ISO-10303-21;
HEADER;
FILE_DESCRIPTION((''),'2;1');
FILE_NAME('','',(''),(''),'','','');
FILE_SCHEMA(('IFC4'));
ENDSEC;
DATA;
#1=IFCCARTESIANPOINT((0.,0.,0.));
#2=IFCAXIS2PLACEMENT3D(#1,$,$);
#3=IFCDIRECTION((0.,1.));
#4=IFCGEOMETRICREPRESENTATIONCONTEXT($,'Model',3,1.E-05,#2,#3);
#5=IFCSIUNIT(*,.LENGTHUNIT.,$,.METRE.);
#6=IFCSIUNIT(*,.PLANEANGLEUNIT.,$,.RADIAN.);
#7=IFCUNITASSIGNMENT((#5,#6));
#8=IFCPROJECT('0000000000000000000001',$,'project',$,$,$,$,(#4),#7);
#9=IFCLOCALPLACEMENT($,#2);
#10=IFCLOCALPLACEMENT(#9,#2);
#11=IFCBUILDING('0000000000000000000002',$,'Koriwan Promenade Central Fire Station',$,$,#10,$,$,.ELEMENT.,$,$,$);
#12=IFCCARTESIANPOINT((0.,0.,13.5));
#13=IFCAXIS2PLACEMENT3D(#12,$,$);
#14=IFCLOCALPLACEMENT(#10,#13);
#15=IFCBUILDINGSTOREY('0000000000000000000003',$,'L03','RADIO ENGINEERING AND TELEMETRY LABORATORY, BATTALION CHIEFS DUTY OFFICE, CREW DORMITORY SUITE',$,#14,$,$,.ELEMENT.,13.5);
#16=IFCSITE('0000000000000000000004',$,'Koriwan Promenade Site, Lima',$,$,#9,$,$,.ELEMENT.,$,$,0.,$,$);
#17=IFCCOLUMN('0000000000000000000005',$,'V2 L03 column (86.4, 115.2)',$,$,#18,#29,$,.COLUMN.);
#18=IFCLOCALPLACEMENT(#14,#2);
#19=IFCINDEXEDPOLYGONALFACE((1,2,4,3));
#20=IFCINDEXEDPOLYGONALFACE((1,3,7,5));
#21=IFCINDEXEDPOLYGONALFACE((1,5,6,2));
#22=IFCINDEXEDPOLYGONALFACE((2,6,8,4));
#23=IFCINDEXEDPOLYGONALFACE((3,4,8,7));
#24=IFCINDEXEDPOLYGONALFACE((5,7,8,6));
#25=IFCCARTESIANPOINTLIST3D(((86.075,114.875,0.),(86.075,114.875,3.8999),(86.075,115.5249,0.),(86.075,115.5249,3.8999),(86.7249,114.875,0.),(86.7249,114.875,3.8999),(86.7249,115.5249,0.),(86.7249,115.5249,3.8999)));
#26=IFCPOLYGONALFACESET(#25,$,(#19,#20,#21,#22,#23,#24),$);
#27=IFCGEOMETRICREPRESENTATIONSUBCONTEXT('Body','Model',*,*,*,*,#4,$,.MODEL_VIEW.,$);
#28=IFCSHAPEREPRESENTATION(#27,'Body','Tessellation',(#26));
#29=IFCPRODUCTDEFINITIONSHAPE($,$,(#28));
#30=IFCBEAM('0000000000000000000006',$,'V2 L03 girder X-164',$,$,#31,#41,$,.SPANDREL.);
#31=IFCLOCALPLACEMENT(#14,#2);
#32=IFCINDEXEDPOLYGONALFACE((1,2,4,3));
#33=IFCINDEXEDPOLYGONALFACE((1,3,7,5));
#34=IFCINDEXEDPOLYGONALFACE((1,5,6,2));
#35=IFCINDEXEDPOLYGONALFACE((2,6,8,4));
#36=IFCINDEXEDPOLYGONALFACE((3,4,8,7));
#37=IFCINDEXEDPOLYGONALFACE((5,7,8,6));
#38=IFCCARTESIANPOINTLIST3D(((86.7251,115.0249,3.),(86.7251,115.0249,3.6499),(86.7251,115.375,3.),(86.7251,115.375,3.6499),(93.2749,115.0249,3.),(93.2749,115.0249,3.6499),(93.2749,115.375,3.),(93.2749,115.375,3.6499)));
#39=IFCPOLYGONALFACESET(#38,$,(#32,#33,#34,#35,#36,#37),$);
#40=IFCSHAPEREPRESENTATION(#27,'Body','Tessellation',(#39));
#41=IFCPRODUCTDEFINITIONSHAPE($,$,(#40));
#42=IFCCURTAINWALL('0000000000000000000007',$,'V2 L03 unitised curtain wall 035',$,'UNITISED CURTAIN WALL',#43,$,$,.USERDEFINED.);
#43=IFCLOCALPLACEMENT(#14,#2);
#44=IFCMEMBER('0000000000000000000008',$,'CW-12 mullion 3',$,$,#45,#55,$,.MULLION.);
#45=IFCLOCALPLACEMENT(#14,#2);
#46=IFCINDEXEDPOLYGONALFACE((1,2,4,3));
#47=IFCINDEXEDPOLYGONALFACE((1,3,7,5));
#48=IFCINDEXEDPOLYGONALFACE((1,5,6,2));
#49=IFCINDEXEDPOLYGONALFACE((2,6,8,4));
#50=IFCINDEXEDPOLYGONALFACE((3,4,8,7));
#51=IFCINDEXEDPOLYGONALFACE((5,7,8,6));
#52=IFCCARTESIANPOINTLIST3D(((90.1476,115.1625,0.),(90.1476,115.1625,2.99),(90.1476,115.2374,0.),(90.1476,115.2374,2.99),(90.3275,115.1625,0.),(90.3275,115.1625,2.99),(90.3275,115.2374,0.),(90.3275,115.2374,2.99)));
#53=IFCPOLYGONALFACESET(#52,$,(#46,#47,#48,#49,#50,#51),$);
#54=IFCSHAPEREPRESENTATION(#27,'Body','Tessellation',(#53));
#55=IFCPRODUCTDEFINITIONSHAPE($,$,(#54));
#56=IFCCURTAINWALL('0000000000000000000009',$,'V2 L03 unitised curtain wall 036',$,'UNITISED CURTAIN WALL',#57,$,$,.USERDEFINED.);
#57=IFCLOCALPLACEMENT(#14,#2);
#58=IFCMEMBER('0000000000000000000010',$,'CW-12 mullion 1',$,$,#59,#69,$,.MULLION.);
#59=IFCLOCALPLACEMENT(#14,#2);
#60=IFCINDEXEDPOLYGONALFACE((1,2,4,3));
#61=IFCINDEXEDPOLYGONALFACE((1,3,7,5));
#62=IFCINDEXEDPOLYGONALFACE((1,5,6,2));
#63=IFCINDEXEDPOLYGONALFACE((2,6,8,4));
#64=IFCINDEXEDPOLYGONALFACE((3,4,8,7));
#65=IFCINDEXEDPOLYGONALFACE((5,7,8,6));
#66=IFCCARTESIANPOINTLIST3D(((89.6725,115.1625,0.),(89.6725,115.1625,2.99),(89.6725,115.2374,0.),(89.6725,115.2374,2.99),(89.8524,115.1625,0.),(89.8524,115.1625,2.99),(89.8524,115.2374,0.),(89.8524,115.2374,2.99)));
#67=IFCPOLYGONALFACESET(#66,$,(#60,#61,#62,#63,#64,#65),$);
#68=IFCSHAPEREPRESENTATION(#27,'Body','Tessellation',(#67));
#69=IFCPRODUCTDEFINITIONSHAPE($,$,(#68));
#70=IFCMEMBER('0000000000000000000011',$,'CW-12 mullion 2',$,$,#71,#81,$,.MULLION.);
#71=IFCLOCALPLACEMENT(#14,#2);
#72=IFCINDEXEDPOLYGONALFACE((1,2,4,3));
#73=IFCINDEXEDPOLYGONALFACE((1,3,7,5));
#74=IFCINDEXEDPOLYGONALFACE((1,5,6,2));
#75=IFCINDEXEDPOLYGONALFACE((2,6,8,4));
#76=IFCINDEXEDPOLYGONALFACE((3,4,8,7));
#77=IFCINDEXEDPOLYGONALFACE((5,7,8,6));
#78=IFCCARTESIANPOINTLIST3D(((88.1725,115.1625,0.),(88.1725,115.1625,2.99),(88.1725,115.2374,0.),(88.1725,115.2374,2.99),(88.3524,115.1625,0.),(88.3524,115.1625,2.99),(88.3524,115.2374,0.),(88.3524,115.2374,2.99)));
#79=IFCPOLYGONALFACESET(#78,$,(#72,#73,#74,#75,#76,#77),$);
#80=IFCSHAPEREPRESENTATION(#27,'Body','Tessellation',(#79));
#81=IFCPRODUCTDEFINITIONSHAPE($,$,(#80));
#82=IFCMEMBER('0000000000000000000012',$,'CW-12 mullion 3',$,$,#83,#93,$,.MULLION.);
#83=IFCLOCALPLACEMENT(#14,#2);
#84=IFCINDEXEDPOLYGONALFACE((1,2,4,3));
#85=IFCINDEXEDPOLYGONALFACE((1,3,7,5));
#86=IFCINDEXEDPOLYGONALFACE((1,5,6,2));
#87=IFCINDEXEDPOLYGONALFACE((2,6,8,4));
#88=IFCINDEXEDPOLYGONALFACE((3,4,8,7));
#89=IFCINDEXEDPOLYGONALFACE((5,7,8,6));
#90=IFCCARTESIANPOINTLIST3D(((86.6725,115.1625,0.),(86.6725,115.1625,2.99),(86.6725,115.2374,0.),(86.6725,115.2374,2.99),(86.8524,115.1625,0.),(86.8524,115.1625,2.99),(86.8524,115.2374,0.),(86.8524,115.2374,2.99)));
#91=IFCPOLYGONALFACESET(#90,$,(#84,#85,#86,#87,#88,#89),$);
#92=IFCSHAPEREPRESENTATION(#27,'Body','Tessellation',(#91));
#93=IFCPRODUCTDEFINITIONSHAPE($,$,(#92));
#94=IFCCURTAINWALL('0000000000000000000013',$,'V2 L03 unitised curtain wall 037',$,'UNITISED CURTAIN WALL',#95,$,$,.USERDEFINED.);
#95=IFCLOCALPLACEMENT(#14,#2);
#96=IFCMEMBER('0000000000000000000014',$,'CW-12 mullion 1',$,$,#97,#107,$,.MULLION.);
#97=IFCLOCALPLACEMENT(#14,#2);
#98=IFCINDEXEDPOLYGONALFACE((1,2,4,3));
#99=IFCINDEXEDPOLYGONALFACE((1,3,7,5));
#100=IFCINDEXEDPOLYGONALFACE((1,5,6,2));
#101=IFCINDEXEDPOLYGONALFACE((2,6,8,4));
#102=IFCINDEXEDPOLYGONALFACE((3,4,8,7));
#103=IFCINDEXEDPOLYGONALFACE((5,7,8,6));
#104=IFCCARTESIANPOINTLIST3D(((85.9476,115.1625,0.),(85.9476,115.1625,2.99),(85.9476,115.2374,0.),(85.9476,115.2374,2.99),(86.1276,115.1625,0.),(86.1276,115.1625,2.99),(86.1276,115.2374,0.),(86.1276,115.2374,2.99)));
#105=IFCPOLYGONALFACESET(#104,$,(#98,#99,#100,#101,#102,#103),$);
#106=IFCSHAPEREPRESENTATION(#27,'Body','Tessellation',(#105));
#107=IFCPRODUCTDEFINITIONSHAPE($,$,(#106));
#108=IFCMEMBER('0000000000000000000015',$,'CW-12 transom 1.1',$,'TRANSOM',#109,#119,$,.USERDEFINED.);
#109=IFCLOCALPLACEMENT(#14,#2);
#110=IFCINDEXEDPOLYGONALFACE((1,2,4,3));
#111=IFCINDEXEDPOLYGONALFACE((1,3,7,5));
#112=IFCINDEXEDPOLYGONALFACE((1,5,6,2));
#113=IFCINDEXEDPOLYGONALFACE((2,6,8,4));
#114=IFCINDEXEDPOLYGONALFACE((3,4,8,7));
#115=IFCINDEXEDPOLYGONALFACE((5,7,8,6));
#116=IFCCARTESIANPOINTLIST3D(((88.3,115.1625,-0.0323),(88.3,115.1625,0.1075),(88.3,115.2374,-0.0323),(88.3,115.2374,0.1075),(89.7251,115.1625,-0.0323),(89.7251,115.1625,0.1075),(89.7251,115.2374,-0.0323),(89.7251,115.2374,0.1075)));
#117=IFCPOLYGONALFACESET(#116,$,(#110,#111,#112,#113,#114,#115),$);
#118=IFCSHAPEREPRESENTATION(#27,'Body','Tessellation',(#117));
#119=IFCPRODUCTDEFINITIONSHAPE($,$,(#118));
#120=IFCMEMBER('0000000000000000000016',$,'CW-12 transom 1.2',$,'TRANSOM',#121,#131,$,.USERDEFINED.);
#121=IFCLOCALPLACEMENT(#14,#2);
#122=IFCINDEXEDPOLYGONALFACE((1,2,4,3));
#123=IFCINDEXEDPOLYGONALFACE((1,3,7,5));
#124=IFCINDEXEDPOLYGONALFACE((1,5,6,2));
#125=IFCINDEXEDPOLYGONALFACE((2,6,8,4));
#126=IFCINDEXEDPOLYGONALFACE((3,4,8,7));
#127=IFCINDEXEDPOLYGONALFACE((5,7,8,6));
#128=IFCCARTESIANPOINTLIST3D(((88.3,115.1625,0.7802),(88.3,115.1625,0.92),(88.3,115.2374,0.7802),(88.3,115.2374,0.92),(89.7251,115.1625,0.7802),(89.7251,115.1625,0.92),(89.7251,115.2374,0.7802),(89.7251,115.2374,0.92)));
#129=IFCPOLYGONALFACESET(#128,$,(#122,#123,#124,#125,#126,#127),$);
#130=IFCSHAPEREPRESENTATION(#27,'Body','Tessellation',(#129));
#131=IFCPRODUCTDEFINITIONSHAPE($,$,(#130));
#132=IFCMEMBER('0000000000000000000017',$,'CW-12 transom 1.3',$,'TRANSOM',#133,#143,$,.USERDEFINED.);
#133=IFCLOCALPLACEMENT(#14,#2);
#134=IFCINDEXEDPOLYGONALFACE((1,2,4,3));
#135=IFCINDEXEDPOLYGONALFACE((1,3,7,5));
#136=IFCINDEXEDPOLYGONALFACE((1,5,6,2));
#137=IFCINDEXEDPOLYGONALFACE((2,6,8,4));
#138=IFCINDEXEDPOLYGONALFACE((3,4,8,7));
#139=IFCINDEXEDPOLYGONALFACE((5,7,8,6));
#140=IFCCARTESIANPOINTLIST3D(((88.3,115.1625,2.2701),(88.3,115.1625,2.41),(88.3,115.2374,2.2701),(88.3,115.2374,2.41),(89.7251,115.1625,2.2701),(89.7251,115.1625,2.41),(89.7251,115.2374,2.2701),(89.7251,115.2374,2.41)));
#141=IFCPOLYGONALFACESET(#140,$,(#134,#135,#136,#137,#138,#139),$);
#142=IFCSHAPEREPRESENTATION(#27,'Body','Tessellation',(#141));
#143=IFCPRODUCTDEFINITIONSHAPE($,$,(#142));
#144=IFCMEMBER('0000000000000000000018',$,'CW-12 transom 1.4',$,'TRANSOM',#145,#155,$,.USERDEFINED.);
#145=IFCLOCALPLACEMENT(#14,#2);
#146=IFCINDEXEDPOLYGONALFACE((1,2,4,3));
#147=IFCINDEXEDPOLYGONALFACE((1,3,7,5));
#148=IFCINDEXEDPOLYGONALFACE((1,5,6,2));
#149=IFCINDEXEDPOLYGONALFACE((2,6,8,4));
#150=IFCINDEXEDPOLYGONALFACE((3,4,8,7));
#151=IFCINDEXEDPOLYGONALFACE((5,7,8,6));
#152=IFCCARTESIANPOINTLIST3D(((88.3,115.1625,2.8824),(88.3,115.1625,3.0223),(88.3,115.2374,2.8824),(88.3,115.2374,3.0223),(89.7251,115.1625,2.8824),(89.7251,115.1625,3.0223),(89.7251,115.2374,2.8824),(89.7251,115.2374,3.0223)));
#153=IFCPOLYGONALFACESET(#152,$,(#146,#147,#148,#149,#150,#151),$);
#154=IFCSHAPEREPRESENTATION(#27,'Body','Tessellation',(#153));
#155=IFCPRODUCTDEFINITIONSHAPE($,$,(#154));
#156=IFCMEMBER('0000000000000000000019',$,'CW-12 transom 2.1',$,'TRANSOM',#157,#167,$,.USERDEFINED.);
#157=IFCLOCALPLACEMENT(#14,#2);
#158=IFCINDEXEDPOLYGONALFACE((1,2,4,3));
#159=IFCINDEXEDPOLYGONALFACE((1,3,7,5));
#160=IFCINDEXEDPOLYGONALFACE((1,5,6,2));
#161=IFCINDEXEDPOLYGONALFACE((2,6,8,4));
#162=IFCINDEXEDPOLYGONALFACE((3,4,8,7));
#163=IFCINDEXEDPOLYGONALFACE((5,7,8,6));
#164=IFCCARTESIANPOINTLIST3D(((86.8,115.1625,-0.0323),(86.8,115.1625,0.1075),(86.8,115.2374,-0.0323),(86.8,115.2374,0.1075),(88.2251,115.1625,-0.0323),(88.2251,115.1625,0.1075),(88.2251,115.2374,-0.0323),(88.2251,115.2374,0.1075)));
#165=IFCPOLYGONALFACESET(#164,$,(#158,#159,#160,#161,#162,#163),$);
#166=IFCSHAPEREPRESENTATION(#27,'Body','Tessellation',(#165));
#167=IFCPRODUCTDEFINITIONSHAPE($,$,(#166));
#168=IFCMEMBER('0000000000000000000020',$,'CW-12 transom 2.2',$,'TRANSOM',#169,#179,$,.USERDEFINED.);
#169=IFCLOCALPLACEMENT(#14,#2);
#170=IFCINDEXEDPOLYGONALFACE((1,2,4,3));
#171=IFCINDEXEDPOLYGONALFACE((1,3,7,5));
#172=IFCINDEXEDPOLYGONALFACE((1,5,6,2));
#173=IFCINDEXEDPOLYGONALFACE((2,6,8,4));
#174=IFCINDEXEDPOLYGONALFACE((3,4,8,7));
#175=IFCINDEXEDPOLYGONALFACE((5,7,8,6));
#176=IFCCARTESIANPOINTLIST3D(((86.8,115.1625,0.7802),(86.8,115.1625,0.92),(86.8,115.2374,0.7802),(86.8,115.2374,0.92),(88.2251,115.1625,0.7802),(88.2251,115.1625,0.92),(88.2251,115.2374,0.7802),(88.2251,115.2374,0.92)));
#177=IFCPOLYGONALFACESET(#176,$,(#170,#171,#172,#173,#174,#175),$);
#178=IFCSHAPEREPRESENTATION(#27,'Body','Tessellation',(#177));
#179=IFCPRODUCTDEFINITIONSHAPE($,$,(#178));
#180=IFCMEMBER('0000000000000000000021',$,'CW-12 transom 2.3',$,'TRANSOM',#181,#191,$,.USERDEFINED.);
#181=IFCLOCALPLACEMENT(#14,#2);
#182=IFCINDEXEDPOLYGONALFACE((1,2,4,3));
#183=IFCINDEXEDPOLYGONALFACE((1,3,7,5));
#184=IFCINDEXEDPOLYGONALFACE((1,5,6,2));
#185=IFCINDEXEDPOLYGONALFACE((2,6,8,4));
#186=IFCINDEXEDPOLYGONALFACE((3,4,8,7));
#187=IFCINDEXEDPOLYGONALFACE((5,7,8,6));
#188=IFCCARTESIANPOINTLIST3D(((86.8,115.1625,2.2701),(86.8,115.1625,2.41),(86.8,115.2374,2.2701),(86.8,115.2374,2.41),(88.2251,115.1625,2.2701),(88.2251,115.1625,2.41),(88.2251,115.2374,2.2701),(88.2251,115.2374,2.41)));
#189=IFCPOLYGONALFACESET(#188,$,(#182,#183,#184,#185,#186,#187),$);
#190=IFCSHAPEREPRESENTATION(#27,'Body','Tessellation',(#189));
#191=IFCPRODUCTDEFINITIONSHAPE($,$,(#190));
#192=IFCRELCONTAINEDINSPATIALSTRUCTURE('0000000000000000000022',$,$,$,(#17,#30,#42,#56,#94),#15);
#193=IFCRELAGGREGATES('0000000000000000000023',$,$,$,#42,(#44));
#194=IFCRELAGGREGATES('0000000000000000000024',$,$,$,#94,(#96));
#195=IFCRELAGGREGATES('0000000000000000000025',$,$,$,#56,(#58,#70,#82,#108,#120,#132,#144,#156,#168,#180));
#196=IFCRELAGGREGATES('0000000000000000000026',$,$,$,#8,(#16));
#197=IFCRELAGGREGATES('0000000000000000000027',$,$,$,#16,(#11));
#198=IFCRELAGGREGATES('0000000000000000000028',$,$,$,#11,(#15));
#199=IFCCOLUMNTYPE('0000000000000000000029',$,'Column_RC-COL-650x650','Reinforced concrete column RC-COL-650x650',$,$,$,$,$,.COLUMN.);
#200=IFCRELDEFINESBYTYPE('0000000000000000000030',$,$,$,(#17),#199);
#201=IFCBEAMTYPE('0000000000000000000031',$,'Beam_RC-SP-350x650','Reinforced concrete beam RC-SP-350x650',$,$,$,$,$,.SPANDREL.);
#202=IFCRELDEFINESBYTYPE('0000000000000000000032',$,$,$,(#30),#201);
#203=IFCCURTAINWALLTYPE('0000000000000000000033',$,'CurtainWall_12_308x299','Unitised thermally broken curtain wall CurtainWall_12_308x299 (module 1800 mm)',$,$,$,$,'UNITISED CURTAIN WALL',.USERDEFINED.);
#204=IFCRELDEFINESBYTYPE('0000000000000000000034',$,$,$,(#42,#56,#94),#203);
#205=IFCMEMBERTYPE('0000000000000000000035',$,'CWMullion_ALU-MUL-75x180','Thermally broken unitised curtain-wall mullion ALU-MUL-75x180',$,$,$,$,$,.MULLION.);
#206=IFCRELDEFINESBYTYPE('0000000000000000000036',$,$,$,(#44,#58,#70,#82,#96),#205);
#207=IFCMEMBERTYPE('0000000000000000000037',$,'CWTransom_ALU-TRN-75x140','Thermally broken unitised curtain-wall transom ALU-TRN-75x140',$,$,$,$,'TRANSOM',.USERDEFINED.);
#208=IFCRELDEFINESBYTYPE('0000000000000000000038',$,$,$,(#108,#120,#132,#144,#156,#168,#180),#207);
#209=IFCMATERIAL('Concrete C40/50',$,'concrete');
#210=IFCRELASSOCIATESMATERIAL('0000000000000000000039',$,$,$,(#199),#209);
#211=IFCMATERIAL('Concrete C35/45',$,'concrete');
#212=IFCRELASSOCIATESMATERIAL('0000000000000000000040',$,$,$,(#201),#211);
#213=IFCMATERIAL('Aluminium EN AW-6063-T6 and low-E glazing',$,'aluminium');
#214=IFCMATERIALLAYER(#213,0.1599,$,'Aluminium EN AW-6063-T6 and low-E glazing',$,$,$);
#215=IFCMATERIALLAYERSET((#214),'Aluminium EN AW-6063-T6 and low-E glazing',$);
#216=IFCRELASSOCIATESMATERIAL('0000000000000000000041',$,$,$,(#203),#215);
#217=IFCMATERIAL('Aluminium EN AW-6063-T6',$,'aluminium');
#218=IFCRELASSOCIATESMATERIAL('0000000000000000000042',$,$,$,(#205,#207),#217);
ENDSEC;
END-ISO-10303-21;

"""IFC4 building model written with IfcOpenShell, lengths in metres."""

from ifc_helpers import new_model, si_unit, direction, frame, origin, origin_2d, place, context, subcontext, project, spatial, rectangle, extrude, material, layer, layer_set, material_profile, profile_set, type_object, element, aggregate, save


model = new_model("IFC4")

# Units and contexts
model_context = context("Model", 3, precision=1e-05, world=origin(), true_north=direction((0.0, 1.0)))
body_context = subcontext(model_context, "Body", "Model", "MODEL_VIEW")
ifc_project = project(units=[si_unit("LENGTHUNIT", "METRE"), si_unit("PLANEANGLEUNIT", "RADIAN")], contexts=[model_context])

# Site, building, storey
site_placement = place(None, origin())
site = spatial("IfcSite", under=ifc_project, at=site_placement, Name="Koriwan Promenade Site, Lima", CompositionType="ELEMENT", RefElevation=0.0)
building_placement = place(site_placement, origin())
building = spatial("IfcBuilding", under=site, at=building_placement, Name="Koriwan Promenade Central Fire Station", CompositionType="ELEMENT")
storey_placement = place(building_placement, frame((0.0, 0.0, 13.5)))
storey = spatial("IfcBuildingStorey", under=building, at=storey_placement, Name="L03", Description="RADIO ENGINEERING AND TELEMETRY LABORATORY, BATTALION CHIEFS DUTY OFFICE, CREW DORMITORY SUITE", CompositionType="ELEMENT", Elevation=13.5)

# Column
ifc_material_1 = material(Name="Concrete C40/50", Category="concrete")
ifc_material_profile_1 = material_profile(ifc_material_1, rectangle(XDim=0.6499, YDim=0.6499, at=origin_2d()), Name="RC-COL-650x650")
ifc_profile_set_1 = profile_set([ifc_material_profile_1], Name="Concrete C40/50")
column_type = type_object("IfcColumnType", Name="Column_RC-COL-650x650", Description="Reinforced concrete column RC-COL-650x650", PredefinedType="COLUMN", material=ifc_profile_set_1)
column_placement = place(storey_placement, frame((86.3999, 115.2, 0.0), z_axis=(0.0, 0.0, 1.0), x_axis=(1.0, 0.0, 0.0)))
element("IfcColumn", 1, at=column_placement, inside=storey, type_object=column_type, Name="V2 L03 column (86.4, 115.2)", PredefinedType="COLUMN", context=body_context, shape_type="SweptSolid", body=[
    extrude(rectangle(XDim=0.6499, YDim=0.6499, at=origin_2d()), origin(), (0.0, 0.0, 1.0), 3.8999),
])

# Beam
ifc_material_2 = material(Name="Concrete C35/45", Category="concrete")
ifc_material_profile_2 = material_profile(ifc_material_2, rectangle(XDim=0.3501, YDim=0.6499, at=origin_2d()), Name="RC-SP-350x650")
ifc_profile_set_2 = profile_set([ifc_material_profile_2], Name="Concrete C35/45")
beam_type = type_object("IfcBeamType", Name="Beam_RC-SP-350x650", Description="Reinforced concrete beam RC-SP-350x650", PredefinedType="SPANDREL", material=ifc_profile_set_2)
beam_placement = place(storey_placement, frame((86.7251, 115.2, 3.325), z_axis=(1.0, 0.0, 0.0), x_axis=(0.0, 1.0, 0.0)))
element("IfcBeam", 2, at=beam_placement, inside=storey, type_object=beam_type, Name="V2 L03 girder X-164", PredefinedType="SPANDREL", context=body_context, shape_type="SweptSolid", body=[
    extrude(rectangle(XDim=0.3501, YDim=0.6499, at=origin_2d()), origin(), (0.0, 0.0, 1.0), 6.5498),
])

# Curtain wall, member
ifc_material_3 = material(Name="Aluminium EN AW-6063-T6 and low-E glazing", Category="aluminium")
ifc_layer_1 = layer(ifc_material_3, 0.1599, Name="Aluminium EN AW-6063-T6 and low-E glazing")
ifc_layer_set_1 = layer_set([ifc_layer_1], Name="Aluminium EN AW-6063-T6 and low-E glazing")
curtain_wall_type = type_object("IfcCurtainWallType", Name="CurtainWall_12_308x299", Description="Unitised thermally broken curtain wall CurtainWall_12_308x299 (module 1800 mm)", ElementType="UNITISED CURTAIN WALL", PredefinedType="USERDEFINED", material=ifc_layer_set_1)
curtain_wall_1_placement = place(storey_placement, origin())
curtain_wall_1 = element("IfcCurtainWall", 3, at=curtain_wall_1_placement, inside=storey, type_object=curtain_wall_type, Name="V2 L03 unitised curtain wall 035", ObjectType="UNITISED CURTAIN WALL", PredefinedType="USERDEFINED")
ifc_material_4 = material(Name="Aluminium EN AW-6063-T6", Category="aluminium")
ifc_material_profile_3 = material_profile(ifc_material_4, rectangle(XDim=0.075, YDim=0.1799, at=origin_2d()), Name="ALU-MUL-75x180")
ifc_profile_set_3 = profile_set([ifc_material_profile_3], Name="Aluminium EN AW-6063-T6")
member_type_1 = type_object("IfcMemberType", Name="CWMullion_ALU-MUL-75x180", Description="Thermally broken unitised curtain-wall mullion ALU-MUL-75x180", PredefinedType="MULLION", material=ifc_profile_set_3)
member_1_placement = place(storey_placement, frame((90.2375, 115.2, 0.0), z_axis=(0.0, 0.0, 1.0), x_axis=(0.0, -1.0, 0.0)))
member_1 = element("IfcMember", 4, at=member_1_placement, type_object=member_type_1, Name="CW-12 mullion 3", PredefinedType="MULLION", context=body_context, shape_type="SweptSolid", body=[
    extrude(rectangle(XDim=0.075, YDim=0.1799, at=origin_2d()), origin(), (0.0, 0.0, 1.0), 2.99),
])
aggregate(curtain_wall_1, [member_1])

# Curtain wall, members
curtain_wall_2_placement = place(storey_placement, origin())
curtain_wall_2 = element("IfcCurtainWall", 5, at=curtain_wall_2_placement, inside=storey, type_object=curtain_wall_type, Name="V2 L03 unitised curtain wall 036", ObjectType="UNITISED CURTAIN WALL", PredefinedType="USERDEFINED")
member_2_placement = place(storey_placement, frame((89.7625, 115.2, 0.0), z_axis=(0.0, 0.0, 1.0), x_axis=(0.0, -1.0, 0.0)))
member_2 = element("IfcMember", 6, at=member_2_placement, type_object=member_type_1, Name="CW-12 mullion 1", PredefinedType="MULLION", context=body_context, shape_type="SweptSolid", body=[
    extrude(rectangle(XDim=0.075, YDim=0.1799, at=origin_2d()), origin(), (0.0, 0.0, 1.0), 2.99),
])
member_3_placement = place(storey_placement, frame((88.2625, 115.2, 0.0), z_axis=(0.0, 0.0, 1.0), x_axis=(0.0, -1.0, 0.0)))
member_3 = element("IfcMember", 7, at=member_3_placement, type_object=member_type_1, Name="CW-12 mullion 2", PredefinedType="MULLION", context=body_context, shape_type="SweptSolid", body=[
    extrude(rectangle(XDim=0.075, YDim=0.1799, at=origin_2d()), origin(), (0.0, 0.0, 1.0), 2.99),
])
member_4_placement = place(storey_placement, frame((86.7625, 115.2, 0.0), z_axis=(0.0, 0.0, 1.0), x_axis=(0.0, -1.0, 0.0)))
member_4 = element("IfcMember", 8, at=member_4_placement, type_object=member_type_1, Name="CW-12 mullion 3", PredefinedType="MULLION", context=body_context, shape_type="SweptSolid", body=[
    extrude(rectangle(XDim=0.075, YDim=0.1799, at=origin_2d()), origin(), (0.0, 0.0, 1.0), 2.99),
])

# Curtain wall, member
curtain_wall_3_placement = place(storey_placement, origin())
curtain_wall_3 = element("IfcCurtainWall", 9, at=curtain_wall_3_placement, inside=storey, type_object=curtain_wall_type, Name="V2 L03 unitised curtain wall 037", ObjectType="UNITISED CURTAIN WALL", PredefinedType="USERDEFINED")
member_5_placement = place(storey_placement, frame((86.0376, 115.2, 0.0), z_axis=(0.0, 0.0, 1.0), x_axis=(0.0, -1.0, 0.0)))
member_5 = element("IfcMember", 10, at=member_5_placement, type_object=member_type_1, Name="CW-12 mullion 1", PredefinedType="MULLION", context=body_context, shape_type="SweptSolid", body=[
    extrude(rectangle(XDim=0.075, YDim=0.1799, at=origin_2d()), origin(), (0.0, 0.0, 1.0), 2.99),
])

# Members
ifc_material_profile_4 = material_profile(ifc_material_4, rectangle(XDim=0.075, YDim=0.1399, at=origin_2d()), Name="ALU-TRN-75x140")
ifc_profile_set_4 = profile_set([ifc_material_profile_4], Name="Aluminium EN AW-6063-T6")
member_type_2 = type_object("IfcMemberType", Name="CWTransom_ALU-TRN-75x140", Description="Thermally broken unitised curtain-wall transom ALU-TRN-75x140", ElementType="TRANSOM", PredefinedType="USERDEFINED", material=ifc_profile_set_4)
member_6_placement = place(storey_placement, frame((89.7251, 115.2, 0.0376), z_axis=(-1.0, 0.0, 0.0), x_axis=(0.0, -1.0, 0.0)))
member_6 = element("IfcMember", 11, at=member_6_placement, type_object=member_type_2, Name="CW-12 transom 1.1", ObjectType="TRANSOM", PredefinedType="USERDEFINED", context=body_context, shape_type="SweptSolid", body=[
    extrude(rectangle(XDim=0.075, YDim=0.1399, at=origin_2d()), origin(), (0.0, 0.0, 1.0), 1.425),
])
member_7_placement = place(storey_placement, frame((89.7251, 115.2, 0.8501), z_axis=(-1.0, 0.0, 0.0), x_axis=(0.0, -1.0, 0.0)))
member_7 = element("IfcMember", 12, at=member_7_placement, type_object=member_type_2, Name="CW-12 transom 1.2", ObjectType="TRANSOM", PredefinedType="USERDEFINED", context=body_context, shape_type="SweptSolid", body=[
    extrude(rectangle(XDim=0.075, YDim=0.1399, at=origin_2d()), origin(), (0.0, 0.0, 1.0), 1.425),
])
member_8_placement = place(storey_placement, frame((89.7251, 115.2, 2.3401), z_axis=(-1.0, 0.0, 0.0), x_axis=(0.0, -1.0, 0.0)))
member_8 = element("IfcMember", 13, at=member_8_placement, type_object=member_type_2, Name="CW-12 transom 1.3", ObjectType="TRANSOM", PredefinedType="USERDEFINED", context=body_context, shape_type="SweptSolid", body=[
    extrude(rectangle(XDim=0.075, YDim=0.1399, at=origin_2d()), origin(), (0.0, 0.0, 1.0), 1.425),
])
member_9_placement = place(storey_placement, frame((89.7251, 115.2, 2.9524), z_axis=(-1.0, 0.0, 0.0), x_axis=(0.0, -1.0, 0.0)))
member_9 = element("IfcMember", 14, at=member_9_placement, type_object=member_type_2, Name="CW-12 transom 1.4", ObjectType="TRANSOM", PredefinedType="USERDEFINED", context=body_context, shape_type="SweptSolid", body=[
    extrude(rectangle(XDim=0.075, YDim=0.1399, at=origin_2d()), origin(), (0.0, 0.0, 1.0), 1.425),
])
member_10_placement = place(storey_placement, frame((88.2251, 115.2, 0.0376), z_axis=(-1.0, 0.0, 0.0), x_axis=(0.0, -1.0, 0.0)))
member_10 = element("IfcMember", 15, at=member_10_placement, type_object=member_type_2, Name="CW-12 transom 2.1", ObjectType="TRANSOM", PredefinedType="USERDEFINED", context=body_context, shape_type="SweptSolid", body=[
    extrude(rectangle(XDim=0.075, YDim=0.1399, at=origin_2d()), origin(), (0.0, 0.0, 1.0), 1.425),
])
member_11_placement = place(storey_placement, frame((88.2251, 115.2, 0.8501), z_axis=(-1.0, 0.0, 0.0), x_axis=(0.0, -1.0, 0.0)))
member_11 = element("IfcMember", 16, at=member_11_placement, type_object=member_type_2, Name="CW-12 transom 2.2", ObjectType="TRANSOM", PredefinedType="USERDEFINED", context=body_context, shape_type="SweptSolid", body=[
    extrude(rectangle(XDim=0.075, YDim=0.1399, at=origin_2d()), origin(), (0.0, 0.0, 1.0), 1.425),
])
member_12_placement = place(storey_placement, frame((88.2251, 115.2, 2.3401), z_axis=(-1.0, 0.0, 0.0), x_axis=(0.0, -1.0, 0.0)))
member_12 = element("IfcMember", 17, at=member_12_placement, type_object=member_type_2, Name="CW-12 transom 2.3", ObjectType="TRANSOM", PredefinedType="USERDEFINED", context=body_context, shape_type="SweptSolid", body=[
    extrude(rectangle(XDim=0.075, YDim=0.1399, at=origin_2d()), origin(), (0.0, 0.0, 1.0), 1.425),
])
aggregate(curtain_wall_3, [member_5])

aggregate(curtain_wall_2, [member_2, member_3, member_4, member_6, member_7, member_8, member_9, member_10, member_11, member_12])

save(model, "model.ifc")
